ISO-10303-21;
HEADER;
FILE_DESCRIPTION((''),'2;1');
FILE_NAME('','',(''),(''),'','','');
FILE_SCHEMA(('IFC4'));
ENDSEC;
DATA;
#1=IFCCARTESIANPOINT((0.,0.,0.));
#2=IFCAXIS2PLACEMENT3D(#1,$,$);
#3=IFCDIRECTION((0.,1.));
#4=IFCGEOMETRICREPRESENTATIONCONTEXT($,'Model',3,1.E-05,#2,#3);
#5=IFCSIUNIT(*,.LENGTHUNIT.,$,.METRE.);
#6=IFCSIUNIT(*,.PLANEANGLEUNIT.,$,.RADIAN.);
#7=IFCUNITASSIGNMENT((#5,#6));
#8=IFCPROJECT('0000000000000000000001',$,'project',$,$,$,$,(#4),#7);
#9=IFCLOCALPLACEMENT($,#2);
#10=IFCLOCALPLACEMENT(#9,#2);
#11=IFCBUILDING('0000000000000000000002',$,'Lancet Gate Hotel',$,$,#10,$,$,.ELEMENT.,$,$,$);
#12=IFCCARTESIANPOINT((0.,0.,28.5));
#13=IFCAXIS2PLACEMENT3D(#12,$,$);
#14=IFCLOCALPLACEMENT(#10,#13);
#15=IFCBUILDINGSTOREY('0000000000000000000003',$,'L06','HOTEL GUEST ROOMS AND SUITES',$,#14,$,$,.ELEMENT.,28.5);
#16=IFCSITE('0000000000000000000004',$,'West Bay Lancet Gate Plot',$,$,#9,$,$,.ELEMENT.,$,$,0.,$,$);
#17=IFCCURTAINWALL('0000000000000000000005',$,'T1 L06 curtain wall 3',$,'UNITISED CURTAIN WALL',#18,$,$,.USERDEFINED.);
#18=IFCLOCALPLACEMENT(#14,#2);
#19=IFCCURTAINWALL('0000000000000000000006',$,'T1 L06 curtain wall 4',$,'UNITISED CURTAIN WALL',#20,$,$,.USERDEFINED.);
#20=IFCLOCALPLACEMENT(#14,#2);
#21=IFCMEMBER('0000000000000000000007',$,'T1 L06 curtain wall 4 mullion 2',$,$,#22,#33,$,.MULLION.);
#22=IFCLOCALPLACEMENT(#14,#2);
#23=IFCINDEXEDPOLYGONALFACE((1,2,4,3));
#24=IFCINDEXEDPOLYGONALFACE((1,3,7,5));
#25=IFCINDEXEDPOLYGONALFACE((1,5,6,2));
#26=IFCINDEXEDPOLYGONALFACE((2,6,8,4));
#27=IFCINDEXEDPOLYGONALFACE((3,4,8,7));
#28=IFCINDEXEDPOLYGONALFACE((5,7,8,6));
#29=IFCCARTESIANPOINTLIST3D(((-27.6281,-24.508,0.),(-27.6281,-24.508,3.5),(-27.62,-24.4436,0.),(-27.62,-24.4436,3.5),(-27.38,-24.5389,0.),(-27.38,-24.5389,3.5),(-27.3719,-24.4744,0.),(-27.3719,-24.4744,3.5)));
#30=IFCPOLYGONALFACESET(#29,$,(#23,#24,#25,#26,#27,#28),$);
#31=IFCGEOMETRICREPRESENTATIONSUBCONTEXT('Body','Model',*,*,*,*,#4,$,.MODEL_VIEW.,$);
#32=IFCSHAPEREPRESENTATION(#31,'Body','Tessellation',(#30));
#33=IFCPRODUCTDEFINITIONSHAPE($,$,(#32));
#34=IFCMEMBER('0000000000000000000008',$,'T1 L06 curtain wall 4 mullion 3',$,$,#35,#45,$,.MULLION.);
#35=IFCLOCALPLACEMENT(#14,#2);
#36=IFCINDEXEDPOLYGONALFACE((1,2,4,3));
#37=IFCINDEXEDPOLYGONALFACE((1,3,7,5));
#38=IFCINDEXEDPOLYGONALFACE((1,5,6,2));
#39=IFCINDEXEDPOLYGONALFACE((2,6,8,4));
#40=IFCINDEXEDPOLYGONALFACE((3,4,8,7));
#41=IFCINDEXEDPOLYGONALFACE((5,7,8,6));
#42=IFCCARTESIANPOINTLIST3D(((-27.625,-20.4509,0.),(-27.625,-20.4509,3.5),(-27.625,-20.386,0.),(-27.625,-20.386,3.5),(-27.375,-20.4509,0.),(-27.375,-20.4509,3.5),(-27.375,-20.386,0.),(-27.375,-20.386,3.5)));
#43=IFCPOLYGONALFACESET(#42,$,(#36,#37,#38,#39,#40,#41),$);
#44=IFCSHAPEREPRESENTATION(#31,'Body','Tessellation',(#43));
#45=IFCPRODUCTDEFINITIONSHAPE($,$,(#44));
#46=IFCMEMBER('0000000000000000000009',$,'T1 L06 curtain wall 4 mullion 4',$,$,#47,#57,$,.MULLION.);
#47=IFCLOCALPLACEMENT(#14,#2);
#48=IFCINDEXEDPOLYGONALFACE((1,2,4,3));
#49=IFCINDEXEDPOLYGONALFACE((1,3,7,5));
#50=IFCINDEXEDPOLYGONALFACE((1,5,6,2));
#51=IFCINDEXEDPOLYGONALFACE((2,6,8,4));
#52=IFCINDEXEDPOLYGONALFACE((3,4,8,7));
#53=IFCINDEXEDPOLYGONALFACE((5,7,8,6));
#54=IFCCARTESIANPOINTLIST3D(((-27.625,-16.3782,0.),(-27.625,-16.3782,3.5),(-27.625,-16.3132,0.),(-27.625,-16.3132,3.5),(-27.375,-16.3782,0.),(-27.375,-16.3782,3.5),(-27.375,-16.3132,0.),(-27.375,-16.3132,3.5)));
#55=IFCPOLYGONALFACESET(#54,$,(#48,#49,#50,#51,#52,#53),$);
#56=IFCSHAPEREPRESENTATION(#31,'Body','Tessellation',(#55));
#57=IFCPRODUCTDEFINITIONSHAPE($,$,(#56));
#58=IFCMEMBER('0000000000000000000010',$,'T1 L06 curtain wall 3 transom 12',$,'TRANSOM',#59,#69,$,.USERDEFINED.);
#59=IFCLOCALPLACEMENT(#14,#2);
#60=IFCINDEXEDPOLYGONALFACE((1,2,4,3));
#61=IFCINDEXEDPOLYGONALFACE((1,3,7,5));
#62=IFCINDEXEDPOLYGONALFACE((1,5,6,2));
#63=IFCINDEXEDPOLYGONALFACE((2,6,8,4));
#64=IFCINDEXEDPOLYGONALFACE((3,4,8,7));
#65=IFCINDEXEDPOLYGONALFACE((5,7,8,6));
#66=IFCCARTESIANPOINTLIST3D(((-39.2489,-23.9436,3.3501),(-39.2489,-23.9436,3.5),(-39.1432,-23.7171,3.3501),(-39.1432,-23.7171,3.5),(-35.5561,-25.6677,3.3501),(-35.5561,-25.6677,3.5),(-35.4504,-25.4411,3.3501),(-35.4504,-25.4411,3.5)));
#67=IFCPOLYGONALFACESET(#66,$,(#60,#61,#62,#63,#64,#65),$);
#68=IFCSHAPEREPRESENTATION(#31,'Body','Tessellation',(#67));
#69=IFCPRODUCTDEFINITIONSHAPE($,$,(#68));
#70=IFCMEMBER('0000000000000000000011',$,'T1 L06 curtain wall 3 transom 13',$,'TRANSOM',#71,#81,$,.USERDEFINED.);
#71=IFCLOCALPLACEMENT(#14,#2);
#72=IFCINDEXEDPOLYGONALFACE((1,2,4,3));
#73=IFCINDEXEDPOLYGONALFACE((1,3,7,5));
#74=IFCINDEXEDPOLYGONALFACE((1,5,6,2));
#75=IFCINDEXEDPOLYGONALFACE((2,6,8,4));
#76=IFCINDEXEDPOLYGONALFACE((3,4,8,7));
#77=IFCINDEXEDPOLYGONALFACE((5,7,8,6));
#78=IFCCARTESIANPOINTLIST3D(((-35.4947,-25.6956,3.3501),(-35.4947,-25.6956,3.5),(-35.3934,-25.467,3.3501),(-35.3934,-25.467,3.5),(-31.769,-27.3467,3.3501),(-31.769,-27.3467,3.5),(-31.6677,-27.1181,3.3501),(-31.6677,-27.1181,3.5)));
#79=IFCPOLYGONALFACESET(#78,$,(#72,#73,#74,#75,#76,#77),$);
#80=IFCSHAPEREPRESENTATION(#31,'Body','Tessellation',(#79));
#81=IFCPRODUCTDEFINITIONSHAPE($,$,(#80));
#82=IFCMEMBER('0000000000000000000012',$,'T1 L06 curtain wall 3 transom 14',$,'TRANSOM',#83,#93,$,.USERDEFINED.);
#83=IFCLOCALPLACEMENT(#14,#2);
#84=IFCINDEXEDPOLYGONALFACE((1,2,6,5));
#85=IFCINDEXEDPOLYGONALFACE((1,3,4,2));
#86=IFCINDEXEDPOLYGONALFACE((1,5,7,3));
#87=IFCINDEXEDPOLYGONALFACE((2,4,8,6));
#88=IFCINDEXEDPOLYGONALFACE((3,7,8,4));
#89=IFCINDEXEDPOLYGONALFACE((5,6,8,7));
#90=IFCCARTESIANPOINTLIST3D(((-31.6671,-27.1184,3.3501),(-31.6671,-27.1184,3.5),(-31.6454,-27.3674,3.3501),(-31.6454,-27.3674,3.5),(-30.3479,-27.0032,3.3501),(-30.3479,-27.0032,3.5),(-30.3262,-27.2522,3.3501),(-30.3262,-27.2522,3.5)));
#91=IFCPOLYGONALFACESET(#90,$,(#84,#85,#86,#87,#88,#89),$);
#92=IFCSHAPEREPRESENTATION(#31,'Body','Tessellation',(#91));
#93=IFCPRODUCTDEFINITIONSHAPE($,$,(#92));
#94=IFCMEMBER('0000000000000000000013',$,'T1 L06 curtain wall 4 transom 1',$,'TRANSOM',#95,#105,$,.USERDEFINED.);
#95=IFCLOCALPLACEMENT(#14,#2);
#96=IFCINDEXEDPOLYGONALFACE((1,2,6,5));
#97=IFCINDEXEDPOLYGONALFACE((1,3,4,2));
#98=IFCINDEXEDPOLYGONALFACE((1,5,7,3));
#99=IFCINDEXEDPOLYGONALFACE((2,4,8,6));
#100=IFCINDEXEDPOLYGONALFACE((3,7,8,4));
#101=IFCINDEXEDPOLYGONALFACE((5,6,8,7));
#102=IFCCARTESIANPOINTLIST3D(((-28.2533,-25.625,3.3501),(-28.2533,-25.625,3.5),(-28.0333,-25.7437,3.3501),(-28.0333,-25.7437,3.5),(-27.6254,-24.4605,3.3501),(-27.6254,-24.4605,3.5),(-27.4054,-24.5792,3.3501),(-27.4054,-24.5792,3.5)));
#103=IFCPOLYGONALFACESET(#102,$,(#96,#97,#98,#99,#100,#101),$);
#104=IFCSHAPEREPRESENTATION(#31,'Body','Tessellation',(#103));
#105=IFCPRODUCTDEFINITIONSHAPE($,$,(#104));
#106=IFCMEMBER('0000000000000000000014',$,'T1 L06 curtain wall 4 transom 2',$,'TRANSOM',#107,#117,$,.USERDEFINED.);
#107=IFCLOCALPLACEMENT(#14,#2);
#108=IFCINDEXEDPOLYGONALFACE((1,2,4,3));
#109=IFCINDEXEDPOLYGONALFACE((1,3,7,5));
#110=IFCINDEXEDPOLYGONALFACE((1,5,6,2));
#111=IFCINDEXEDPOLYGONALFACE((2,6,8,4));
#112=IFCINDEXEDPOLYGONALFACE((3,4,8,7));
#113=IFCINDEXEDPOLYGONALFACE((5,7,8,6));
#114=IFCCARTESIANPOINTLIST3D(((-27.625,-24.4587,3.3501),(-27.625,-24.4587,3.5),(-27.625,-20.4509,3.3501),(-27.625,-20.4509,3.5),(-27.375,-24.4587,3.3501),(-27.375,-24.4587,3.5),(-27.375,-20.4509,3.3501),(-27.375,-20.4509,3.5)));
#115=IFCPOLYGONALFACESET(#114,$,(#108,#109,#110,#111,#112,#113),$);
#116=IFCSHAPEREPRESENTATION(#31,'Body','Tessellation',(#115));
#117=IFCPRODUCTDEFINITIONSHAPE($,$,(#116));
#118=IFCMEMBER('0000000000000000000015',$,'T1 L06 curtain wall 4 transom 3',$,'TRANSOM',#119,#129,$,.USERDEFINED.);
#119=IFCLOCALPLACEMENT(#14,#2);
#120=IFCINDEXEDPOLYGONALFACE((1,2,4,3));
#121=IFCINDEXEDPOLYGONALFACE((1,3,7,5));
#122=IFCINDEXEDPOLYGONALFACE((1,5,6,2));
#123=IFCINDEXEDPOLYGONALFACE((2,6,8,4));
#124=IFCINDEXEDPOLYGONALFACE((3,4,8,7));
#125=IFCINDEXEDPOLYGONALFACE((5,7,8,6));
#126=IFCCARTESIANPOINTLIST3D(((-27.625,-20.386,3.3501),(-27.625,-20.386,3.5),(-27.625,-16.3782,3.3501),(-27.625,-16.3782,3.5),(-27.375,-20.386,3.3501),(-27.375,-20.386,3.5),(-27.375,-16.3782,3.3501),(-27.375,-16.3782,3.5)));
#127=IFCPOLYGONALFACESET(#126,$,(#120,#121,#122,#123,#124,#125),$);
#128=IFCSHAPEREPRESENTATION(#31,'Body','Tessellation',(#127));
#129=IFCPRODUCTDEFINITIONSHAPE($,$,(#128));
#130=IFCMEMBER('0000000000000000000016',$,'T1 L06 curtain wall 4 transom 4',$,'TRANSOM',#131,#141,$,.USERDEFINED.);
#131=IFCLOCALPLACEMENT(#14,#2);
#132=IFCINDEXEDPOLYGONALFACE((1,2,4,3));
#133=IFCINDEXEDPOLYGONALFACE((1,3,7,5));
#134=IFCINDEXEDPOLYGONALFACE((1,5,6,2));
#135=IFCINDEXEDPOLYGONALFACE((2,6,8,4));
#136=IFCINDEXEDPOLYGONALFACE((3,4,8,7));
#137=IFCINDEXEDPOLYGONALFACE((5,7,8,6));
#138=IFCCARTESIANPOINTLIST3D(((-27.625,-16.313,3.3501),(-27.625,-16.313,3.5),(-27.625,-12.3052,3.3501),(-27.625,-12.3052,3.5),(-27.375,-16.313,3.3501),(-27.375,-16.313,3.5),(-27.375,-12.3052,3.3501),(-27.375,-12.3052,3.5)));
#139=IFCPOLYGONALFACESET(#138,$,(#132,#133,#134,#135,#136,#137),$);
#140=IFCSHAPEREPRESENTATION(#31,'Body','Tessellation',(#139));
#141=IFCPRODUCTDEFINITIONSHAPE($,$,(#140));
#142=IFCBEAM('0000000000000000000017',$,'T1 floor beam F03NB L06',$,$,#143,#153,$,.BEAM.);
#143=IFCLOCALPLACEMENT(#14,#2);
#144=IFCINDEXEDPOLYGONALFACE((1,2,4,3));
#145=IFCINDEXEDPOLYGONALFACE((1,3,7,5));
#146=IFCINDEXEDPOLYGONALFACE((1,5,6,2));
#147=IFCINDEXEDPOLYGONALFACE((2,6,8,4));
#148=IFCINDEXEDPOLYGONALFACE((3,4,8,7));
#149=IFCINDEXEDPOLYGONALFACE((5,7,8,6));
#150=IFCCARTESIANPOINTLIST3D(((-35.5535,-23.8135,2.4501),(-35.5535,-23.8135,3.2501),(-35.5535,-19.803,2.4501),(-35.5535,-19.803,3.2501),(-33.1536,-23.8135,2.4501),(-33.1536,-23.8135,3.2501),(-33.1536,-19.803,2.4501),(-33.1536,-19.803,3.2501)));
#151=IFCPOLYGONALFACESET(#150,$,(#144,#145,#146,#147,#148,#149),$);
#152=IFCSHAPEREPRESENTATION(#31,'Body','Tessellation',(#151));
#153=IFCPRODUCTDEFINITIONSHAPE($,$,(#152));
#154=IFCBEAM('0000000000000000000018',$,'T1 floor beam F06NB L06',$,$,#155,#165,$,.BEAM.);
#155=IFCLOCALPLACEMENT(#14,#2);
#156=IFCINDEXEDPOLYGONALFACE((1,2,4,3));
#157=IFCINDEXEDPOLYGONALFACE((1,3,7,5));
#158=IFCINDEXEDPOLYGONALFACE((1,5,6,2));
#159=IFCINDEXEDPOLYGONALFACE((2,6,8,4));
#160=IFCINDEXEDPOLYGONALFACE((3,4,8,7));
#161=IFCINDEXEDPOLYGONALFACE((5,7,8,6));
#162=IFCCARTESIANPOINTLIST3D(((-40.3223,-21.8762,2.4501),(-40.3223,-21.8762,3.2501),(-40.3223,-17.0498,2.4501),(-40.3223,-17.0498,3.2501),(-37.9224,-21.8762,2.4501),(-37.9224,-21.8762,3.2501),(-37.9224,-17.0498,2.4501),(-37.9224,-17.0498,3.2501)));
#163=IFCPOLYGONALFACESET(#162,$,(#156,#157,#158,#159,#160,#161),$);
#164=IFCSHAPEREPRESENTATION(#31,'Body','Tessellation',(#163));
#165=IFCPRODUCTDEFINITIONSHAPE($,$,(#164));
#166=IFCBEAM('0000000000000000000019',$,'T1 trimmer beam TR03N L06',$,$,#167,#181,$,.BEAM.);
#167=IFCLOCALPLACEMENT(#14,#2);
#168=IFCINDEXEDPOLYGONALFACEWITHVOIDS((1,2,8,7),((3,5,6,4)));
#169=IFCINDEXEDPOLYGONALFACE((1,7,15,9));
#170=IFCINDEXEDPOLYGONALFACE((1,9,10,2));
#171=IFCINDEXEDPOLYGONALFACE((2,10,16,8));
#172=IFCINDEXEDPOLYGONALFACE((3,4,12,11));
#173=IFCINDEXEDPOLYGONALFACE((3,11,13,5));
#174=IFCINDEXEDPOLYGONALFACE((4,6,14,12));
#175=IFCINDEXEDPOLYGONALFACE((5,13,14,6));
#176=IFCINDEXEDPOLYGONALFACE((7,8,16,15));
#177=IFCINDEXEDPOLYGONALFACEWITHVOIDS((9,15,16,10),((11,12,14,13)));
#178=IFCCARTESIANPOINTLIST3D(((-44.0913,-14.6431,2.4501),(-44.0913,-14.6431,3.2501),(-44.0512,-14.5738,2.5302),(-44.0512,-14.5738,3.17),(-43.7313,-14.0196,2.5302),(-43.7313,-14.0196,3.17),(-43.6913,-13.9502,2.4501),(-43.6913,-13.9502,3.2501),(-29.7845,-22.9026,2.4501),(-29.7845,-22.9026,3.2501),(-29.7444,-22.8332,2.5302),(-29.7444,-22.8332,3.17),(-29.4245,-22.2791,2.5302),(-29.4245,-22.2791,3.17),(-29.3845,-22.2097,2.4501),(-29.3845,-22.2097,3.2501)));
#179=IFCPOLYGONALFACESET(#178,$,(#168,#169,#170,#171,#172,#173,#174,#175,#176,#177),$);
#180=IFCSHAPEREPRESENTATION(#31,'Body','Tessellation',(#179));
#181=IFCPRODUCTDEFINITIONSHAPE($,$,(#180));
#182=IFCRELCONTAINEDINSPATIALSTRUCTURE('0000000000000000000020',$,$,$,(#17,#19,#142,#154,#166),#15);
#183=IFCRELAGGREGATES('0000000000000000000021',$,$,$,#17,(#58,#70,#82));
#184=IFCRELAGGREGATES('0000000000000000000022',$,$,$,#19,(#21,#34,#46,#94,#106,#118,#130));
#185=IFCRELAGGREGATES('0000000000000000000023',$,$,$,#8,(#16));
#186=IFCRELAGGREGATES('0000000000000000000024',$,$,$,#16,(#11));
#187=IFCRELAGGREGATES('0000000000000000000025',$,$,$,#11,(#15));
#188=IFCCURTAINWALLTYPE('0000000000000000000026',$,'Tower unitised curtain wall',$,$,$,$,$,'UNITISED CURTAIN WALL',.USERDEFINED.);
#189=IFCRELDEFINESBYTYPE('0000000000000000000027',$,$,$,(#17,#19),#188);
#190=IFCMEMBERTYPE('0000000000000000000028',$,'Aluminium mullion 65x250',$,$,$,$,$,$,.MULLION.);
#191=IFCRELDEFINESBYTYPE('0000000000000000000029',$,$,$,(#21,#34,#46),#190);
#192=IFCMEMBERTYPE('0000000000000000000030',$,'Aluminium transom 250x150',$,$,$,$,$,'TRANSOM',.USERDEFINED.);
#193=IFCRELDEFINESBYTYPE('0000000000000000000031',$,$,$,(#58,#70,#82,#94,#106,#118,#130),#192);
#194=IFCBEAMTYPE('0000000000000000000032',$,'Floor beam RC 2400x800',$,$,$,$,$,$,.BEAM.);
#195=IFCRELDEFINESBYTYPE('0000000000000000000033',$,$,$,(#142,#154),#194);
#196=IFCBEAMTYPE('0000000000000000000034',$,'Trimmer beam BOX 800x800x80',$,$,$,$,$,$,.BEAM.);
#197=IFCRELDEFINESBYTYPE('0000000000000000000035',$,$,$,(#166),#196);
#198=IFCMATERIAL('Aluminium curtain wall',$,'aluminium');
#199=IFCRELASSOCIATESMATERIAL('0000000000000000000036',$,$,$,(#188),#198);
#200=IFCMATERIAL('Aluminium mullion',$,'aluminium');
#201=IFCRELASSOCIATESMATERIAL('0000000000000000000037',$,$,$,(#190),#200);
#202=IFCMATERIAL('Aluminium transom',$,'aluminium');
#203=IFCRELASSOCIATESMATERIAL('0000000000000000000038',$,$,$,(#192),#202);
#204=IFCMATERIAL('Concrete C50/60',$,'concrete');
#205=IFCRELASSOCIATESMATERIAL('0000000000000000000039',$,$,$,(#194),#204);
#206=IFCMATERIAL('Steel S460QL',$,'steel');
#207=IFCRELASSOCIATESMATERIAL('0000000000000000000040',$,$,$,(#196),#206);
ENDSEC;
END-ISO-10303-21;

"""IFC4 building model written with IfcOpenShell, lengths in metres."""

from ifc_helpers import new_model, si_unit, direction, frame, origin, origin_2d, place, context, subcontext, project, spatial, rectangle, hollow_rectangle, extrude, material, material_profile, profile_set, type_object, element, aggregate, save


model = new_model("IFC4")

# Units and contexts
model_context = context("Model", 3, precision=1e-05, world=origin(), true_north=direction((0.0, 1.0)))
body_context = subcontext(model_context, "Body", "Model", "MODEL_VIEW")
ifc_project = project(units=[si_unit("LENGTHUNIT", "METRE"), si_unit("PLANEANGLEUNIT", "RADIAN")], contexts=[model_context])

# Site, building, storey
site_placement = place(None, origin())
site = spatial("IfcSite", under=ifc_project, at=site_placement, Name="West Bay Lancet Gate Plot", CompositionType="ELEMENT", RefElevation=0.0)
building_placement = place(site_placement, origin())
building = spatial("IfcBuilding", under=site, at=building_placement, Name="Lancet Gate Hotel", CompositionType="ELEMENT")
storey_placement = place(building_placement, frame((0.0, 0.0, 28.5)))
storey = spatial("IfcBuildingStorey", under=building, at=storey_placement, Name="L06", Description="HOTEL GUEST ROOMS AND SUITES", CompositionType="ELEMENT", Elevation=28.5)

# Curtain walls, members
ifc_material_1 = material(Name="Aluminium curtain wall", Category="aluminium")
curtain_wall_type = type_object("IfcCurtainWallType", Name="Tower unitised curtain wall", ElementType="UNITISED CURTAIN WALL", PredefinedType="USERDEFINED", material=ifc_material_1)
curtain_wall_1_placement = place(storey_placement, origin())
curtain_wall_1 = element("IfcCurtainWall", 1, at=curtain_wall_1_placement, inside=storey, type_object=curtain_wall_type, Name="T1 L06 curtain wall 3", ObjectType="UNITISED CURTAIN WALL", PredefinedType="USERDEFINED")
ifc_material_2 = material(Name="Aluminium mullion", Category="aluminium")
ifc_material_profile_1 = material_profile(ifc_material_2, rectangle(XDim=0.0649, YDim=0.25, at=origin_2d()), Name="MULLION 65x250")
ifc_profile_set_1 = profile_set([ifc_material_profile_1], Name="Aluminium mullion")
member_type_1 = type_object("IfcMemberType", Name="Aluminium mullion 65x250", PredefinedType="MULLION", material=ifc_profile_set_1)
curtain_wall_2_placement = place(storey_placement, origin())
curtain_wall_2 = element("IfcCurtainWall", 2, at=curtain_wall_2_placement, inside=storey, type_object=curtain_wall_type, Name="T1 L06 curtain wall 4", ObjectType="UNITISED CURTAIN WALL", PredefinedType="USERDEFINED")
member_1_placement = place(storey_placement, frame((-27.5, -24.4912, 0.0), z_axis=(0.0, 0.0, 1.0), x_axis=(0.123483, 0.992347, 0.0)))
member_1 = element("IfcMember", 3, at=member_1_placement, type_object=member_type_1, Name="T1 L06 curtain wall 4 mullion 2", PredefinedType="MULLION", context=body_context, shape_type="SweptSolid", body=[
    extrude(rectangle(XDim=0.0649, YDim=0.25, at=origin_2d()), origin(), (0.0, 0.0, 1.0), 3.5),
])
member_2_placement = place(storey_placement, frame((-27.5, -20.4185, 0.0), z_axis=(0.0, 0.0, 1.0), x_axis=(0.0, 1.0, 0.0)))
member_2 = element("IfcMember", 4, at=member_2_placement, type_object=member_type_1, Name="T1 L06 curtain wall 4 mullion 3", PredefinedType="MULLION", context=body_context, shape_type="SweptSolid", body=[
    extrude(rectangle(XDim=0.0649, YDim=0.25, at=origin_2d()), origin(), (0.0, 0.0, 1.0), 3.5),
])
member_3_placement = place(storey_placement, frame((-27.5, -16.3457, 0.0), z_axis=(0.0, 0.0, 1.0), x_axis=(0.0, 1.0, 0.0)))
member_3 = element("IfcMember", 5, at=member_3_placement, type_object=member_type_1, Name="T1 L06 curtain wall 4 mullion 4", PredefinedType="MULLION", context=body_context, shape_type="SweptSolid", body=[
    extrude(rectangle(XDim=0.0649, YDim=0.25, at=origin_2d()), origin(), (0.0, 0.0, 1.0), 3.5),
])

# Members
ifc_material_3 = material(Name="Aluminium transom", Category="aluminium")
ifc_material_profile_2 = material_profile(ifc_material_3, rectangle(XDim=0.25, YDim=0.1499, at=origin_2d()), Name="TRANSOM 250x150")
ifc_profile_set_2 = profile_set([ifc_material_profile_2], Name="Aluminium transom")
member_type_2 = type_object("IfcMemberType", Name="Aluminium transom 250x150", ElementType="TRANSOM", PredefinedType="USERDEFINED", material=ifc_profile_set_2)
member_4_placement = place(storey_placement, frame((-39.196, -23.8303, 3.425), z_axis=(0.90611, -0.423043, 0.0), x_axis=(0.423043, 0.90611, 0.0)))
member_4 = element("IfcMember", 6, at=member_4_placement, type_object=member_type_2, Name="T1 L06 curtain wall 3 transom 12", ObjectType="TRANSOM", PredefinedType="USERDEFINED", context=body_context, shape_type="SweptSolid", body=[
    extrude(rectangle(XDim=0.25, YDim=0.1499, at=origin_2d()), origin(), (0.0, 0.0, 1.0), 4.0754),
])
member_5_placement = place(storey_placement, frame((-35.4441, -25.5813, 3.425), z_axis=(0.914248, -0.405154, 0.0), x_axis=(0.405154, 0.914248, 0.0)))
member_5 = element("IfcMember", 7, at=member_5_placement, type_object=member_type_2, Name="T1 L06 curtain wall 3 transom 13", ObjectType="TRANSOM", PredefinedType="USERDEFINED", context=body_context, shape_type="SweptSolid", body=[
    extrude(rectangle(XDim=0.25, YDim=0.1499, at=origin_2d()), origin(), (0.0, 0.0, 1.0), 4.0752),
])
member_6_placement = place(storey_placement, frame((-31.6562, -27.2429, 3.425), z_axis=(0.996206, 0.087027, 0.0), x_axis=(-0.087027, 0.996206, 0.0)))
member_6 = element("IfcMember", 8, at=member_6_placement, type_object=member_type_2, Name="T1 L06 curtain wall 3 transom 14", ObjectType="TRANSOM", PredefinedType="USERDEFINED", context=body_context, shape_type="SweptSolid", body=[
    extrude(rectangle(XDim=0.25, YDim=0.1499, at=origin_2d()), origin(), (0.0, 0.0, 1.0), 1.3242),
])
member_7_placement = place(storey_placement, frame((-28.1433, -25.6843, 3.425), z_axis=(0.474606, 0.880198, 0.0), x_axis=(-0.880198, 0.474606, 0.0)))
member_7 = element("IfcMember", 9, at=member_7_placement, type_object=member_type_2, Name="T1 L06 curtain wall 4 transom 1", ObjectType="TRANSOM", PredefinedType="USERDEFINED", context=body_context, shape_type="SweptSolid", body=[
    extrude(rectangle(XDim=0.25, YDim=0.1499, at=origin_2d()), origin(), (0.0, 0.0, 1.0), 1.323),
])
member_8_placement = place(storey_placement, frame((-27.5, -24.4587, 3.425), z_axis=(0.0, 1.0, 0.0), x_axis=(-1.0, 0.0, 0.0)))
member_8 = element("IfcMember", 10, at=member_8_placement, type_object=member_type_2, Name="T1 L06 curtain wall 4 transom 2", ObjectType="TRANSOM", PredefinedType="USERDEFINED", context=body_context, shape_type="SweptSolid", body=[
    extrude(rectangle(XDim=0.25, YDim=0.1499, at=origin_2d()), origin(), (0.0, 0.0, 1.0), 4.0078),
])
member_9_placement = place(storey_placement, frame((-27.5, -20.386, 3.425), z_axis=(0.0, 1.0, 0.0), x_axis=(-1.0, 0.0, 0.0)))
member_9 = element("IfcMember", 11, at=member_9_placement, type_object=member_type_2, Name="T1 L06 curtain wall 4 transom 3", ObjectType="TRANSOM", PredefinedType="USERDEFINED", context=body_context, shape_type="SweptSolid", body=[
    extrude(rectangle(XDim=0.25, YDim=0.1499, at=origin_2d()), origin(), (0.0, 0.0, 1.0), 4.0078),
])
member_10_placement = place(storey_placement, frame((-27.5, -16.313, 3.425), z_axis=(0.0, 1.0, 0.0), x_axis=(-1.0, 0.0, 0.0)))
member_10 = element("IfcMember", 12, at=member_10_placement, type_object=member_type_2, Name="T1 L06 curtain wall 4 transom 4", ObjectType="TRANSOM", PredefinedType="USERDEFINED", context=body_context, shape_type="SweptSolid", body=[
    extrude(rectangle(XDim=0.25, YDim=0.1499, at=origin_2d()), origin(), (0.0, 0.0, 1.0), 4.0078),
])

# Beams
ifc_material_4 = material(Name="Concrete C50/60", Category="concrete")
ifc_material_profile_3 = material_profile(ifc_material_4, rectangle(XDim=2.3999, YDim=0.8, at=origin_2d()), Name="RC 2400x800")
ifc_profile_set_3 = profile_set([ifc_material_profile_3], Name="Concrete C50/60")
beam_type_1 = type_object("IfcBeamType", Name="Floor beam RC 2400x800", PredefinedType="BEAM", material=ifc_profile_set_3)
beam_1_placement = place(storey_placement, frame((-34.3535, -19.803, 2.8501), z_axis=(0.0, -1.0, 0.0), x_axis=(1.0, 0.0, 0.0)))
element("IfcBeam", 13, at=beam_1_placement, inside=storey, type_object=beam_type_1, Name="T1 floor beam F03NB L06", PredefinedType="BEAM", context=body_context, shape_type="SweptSolid", body=[
    extrude(rectangle(XDim=2.3999, YDim=0.8, at=origin_2d()), origin(), (0.0, 0.0, 1.0), 4.0105),
])
beam_2_placement = place(storey_placement, frame((-39.1223, -17.0498, 2.8501), z_axis=(0.0, -1.0, 0.0), x_axis=(1.0, 0.0, 0.0)))
element("IfcBeam", 14, at=beam_2_placement, inside=storey, type_object=beam_type_1, Name="T1 floor beam F06NB L06", PredefinedType="BEAM", context=body_context, shape_type="SweptSolid", body=[
    extrude(rectangle(XDim=2.3999, YDim=0.8, at=origin_2d()), origin(), (0.0, 0.0, 1.0), 4.8264),
])
ifc_material_5 = material(Name="Steel S460QL", Category="steel")
ifc_material_profile_4 = material_profile(ifc_material_5, hollow_rectangle(XDim=0.8, YDim=0.8, WallThickness=0.0801, at=origin_2d()), Name="BOX 800x800x80")
ifc_profile_set_4 = profile_set([ifc_material_profile_4], Name="Steel S460QL")
beam_type_2 = type_object("IfcBeamType", Name="Trimmer beam BOX 800x800x80", PredefinedType="BEAM", material=ifc_profile_set_4)
for number, where, z_axis, x_axis, name in (
    (15, (-29.5845, -22.5562, 2.8501), (-0.86604, 0.499974, 0.0), (-0.499974, -0.86604, 0.0), "T1 trimmer beam TR03N L06"),
):
    element("IfcBeam", number, at=place(storey_placement, frame(where, z_axis=z_axis, x_axis=x_axis)), inside=storey, type_object=beam_type_2, Name=name, PredefinedType="BEAM", context=body_context, shape_type="SweptSolid", body=[
        extrude(hollow_rectangle(XDim=0.8, YDim=0.8, WallThickness=0.0801, at=origin_2d()), origin(), (0.0, 0.0, 1.0), 16.5198),
    ])

aggregate(curtain_wall_1, [member_4, member_5, member_6])
aggregate(curtain_wall_2, [member_1, member_2, member_3, member_7, member_8, member_9, member_10])

save(model, "model.ifc")
